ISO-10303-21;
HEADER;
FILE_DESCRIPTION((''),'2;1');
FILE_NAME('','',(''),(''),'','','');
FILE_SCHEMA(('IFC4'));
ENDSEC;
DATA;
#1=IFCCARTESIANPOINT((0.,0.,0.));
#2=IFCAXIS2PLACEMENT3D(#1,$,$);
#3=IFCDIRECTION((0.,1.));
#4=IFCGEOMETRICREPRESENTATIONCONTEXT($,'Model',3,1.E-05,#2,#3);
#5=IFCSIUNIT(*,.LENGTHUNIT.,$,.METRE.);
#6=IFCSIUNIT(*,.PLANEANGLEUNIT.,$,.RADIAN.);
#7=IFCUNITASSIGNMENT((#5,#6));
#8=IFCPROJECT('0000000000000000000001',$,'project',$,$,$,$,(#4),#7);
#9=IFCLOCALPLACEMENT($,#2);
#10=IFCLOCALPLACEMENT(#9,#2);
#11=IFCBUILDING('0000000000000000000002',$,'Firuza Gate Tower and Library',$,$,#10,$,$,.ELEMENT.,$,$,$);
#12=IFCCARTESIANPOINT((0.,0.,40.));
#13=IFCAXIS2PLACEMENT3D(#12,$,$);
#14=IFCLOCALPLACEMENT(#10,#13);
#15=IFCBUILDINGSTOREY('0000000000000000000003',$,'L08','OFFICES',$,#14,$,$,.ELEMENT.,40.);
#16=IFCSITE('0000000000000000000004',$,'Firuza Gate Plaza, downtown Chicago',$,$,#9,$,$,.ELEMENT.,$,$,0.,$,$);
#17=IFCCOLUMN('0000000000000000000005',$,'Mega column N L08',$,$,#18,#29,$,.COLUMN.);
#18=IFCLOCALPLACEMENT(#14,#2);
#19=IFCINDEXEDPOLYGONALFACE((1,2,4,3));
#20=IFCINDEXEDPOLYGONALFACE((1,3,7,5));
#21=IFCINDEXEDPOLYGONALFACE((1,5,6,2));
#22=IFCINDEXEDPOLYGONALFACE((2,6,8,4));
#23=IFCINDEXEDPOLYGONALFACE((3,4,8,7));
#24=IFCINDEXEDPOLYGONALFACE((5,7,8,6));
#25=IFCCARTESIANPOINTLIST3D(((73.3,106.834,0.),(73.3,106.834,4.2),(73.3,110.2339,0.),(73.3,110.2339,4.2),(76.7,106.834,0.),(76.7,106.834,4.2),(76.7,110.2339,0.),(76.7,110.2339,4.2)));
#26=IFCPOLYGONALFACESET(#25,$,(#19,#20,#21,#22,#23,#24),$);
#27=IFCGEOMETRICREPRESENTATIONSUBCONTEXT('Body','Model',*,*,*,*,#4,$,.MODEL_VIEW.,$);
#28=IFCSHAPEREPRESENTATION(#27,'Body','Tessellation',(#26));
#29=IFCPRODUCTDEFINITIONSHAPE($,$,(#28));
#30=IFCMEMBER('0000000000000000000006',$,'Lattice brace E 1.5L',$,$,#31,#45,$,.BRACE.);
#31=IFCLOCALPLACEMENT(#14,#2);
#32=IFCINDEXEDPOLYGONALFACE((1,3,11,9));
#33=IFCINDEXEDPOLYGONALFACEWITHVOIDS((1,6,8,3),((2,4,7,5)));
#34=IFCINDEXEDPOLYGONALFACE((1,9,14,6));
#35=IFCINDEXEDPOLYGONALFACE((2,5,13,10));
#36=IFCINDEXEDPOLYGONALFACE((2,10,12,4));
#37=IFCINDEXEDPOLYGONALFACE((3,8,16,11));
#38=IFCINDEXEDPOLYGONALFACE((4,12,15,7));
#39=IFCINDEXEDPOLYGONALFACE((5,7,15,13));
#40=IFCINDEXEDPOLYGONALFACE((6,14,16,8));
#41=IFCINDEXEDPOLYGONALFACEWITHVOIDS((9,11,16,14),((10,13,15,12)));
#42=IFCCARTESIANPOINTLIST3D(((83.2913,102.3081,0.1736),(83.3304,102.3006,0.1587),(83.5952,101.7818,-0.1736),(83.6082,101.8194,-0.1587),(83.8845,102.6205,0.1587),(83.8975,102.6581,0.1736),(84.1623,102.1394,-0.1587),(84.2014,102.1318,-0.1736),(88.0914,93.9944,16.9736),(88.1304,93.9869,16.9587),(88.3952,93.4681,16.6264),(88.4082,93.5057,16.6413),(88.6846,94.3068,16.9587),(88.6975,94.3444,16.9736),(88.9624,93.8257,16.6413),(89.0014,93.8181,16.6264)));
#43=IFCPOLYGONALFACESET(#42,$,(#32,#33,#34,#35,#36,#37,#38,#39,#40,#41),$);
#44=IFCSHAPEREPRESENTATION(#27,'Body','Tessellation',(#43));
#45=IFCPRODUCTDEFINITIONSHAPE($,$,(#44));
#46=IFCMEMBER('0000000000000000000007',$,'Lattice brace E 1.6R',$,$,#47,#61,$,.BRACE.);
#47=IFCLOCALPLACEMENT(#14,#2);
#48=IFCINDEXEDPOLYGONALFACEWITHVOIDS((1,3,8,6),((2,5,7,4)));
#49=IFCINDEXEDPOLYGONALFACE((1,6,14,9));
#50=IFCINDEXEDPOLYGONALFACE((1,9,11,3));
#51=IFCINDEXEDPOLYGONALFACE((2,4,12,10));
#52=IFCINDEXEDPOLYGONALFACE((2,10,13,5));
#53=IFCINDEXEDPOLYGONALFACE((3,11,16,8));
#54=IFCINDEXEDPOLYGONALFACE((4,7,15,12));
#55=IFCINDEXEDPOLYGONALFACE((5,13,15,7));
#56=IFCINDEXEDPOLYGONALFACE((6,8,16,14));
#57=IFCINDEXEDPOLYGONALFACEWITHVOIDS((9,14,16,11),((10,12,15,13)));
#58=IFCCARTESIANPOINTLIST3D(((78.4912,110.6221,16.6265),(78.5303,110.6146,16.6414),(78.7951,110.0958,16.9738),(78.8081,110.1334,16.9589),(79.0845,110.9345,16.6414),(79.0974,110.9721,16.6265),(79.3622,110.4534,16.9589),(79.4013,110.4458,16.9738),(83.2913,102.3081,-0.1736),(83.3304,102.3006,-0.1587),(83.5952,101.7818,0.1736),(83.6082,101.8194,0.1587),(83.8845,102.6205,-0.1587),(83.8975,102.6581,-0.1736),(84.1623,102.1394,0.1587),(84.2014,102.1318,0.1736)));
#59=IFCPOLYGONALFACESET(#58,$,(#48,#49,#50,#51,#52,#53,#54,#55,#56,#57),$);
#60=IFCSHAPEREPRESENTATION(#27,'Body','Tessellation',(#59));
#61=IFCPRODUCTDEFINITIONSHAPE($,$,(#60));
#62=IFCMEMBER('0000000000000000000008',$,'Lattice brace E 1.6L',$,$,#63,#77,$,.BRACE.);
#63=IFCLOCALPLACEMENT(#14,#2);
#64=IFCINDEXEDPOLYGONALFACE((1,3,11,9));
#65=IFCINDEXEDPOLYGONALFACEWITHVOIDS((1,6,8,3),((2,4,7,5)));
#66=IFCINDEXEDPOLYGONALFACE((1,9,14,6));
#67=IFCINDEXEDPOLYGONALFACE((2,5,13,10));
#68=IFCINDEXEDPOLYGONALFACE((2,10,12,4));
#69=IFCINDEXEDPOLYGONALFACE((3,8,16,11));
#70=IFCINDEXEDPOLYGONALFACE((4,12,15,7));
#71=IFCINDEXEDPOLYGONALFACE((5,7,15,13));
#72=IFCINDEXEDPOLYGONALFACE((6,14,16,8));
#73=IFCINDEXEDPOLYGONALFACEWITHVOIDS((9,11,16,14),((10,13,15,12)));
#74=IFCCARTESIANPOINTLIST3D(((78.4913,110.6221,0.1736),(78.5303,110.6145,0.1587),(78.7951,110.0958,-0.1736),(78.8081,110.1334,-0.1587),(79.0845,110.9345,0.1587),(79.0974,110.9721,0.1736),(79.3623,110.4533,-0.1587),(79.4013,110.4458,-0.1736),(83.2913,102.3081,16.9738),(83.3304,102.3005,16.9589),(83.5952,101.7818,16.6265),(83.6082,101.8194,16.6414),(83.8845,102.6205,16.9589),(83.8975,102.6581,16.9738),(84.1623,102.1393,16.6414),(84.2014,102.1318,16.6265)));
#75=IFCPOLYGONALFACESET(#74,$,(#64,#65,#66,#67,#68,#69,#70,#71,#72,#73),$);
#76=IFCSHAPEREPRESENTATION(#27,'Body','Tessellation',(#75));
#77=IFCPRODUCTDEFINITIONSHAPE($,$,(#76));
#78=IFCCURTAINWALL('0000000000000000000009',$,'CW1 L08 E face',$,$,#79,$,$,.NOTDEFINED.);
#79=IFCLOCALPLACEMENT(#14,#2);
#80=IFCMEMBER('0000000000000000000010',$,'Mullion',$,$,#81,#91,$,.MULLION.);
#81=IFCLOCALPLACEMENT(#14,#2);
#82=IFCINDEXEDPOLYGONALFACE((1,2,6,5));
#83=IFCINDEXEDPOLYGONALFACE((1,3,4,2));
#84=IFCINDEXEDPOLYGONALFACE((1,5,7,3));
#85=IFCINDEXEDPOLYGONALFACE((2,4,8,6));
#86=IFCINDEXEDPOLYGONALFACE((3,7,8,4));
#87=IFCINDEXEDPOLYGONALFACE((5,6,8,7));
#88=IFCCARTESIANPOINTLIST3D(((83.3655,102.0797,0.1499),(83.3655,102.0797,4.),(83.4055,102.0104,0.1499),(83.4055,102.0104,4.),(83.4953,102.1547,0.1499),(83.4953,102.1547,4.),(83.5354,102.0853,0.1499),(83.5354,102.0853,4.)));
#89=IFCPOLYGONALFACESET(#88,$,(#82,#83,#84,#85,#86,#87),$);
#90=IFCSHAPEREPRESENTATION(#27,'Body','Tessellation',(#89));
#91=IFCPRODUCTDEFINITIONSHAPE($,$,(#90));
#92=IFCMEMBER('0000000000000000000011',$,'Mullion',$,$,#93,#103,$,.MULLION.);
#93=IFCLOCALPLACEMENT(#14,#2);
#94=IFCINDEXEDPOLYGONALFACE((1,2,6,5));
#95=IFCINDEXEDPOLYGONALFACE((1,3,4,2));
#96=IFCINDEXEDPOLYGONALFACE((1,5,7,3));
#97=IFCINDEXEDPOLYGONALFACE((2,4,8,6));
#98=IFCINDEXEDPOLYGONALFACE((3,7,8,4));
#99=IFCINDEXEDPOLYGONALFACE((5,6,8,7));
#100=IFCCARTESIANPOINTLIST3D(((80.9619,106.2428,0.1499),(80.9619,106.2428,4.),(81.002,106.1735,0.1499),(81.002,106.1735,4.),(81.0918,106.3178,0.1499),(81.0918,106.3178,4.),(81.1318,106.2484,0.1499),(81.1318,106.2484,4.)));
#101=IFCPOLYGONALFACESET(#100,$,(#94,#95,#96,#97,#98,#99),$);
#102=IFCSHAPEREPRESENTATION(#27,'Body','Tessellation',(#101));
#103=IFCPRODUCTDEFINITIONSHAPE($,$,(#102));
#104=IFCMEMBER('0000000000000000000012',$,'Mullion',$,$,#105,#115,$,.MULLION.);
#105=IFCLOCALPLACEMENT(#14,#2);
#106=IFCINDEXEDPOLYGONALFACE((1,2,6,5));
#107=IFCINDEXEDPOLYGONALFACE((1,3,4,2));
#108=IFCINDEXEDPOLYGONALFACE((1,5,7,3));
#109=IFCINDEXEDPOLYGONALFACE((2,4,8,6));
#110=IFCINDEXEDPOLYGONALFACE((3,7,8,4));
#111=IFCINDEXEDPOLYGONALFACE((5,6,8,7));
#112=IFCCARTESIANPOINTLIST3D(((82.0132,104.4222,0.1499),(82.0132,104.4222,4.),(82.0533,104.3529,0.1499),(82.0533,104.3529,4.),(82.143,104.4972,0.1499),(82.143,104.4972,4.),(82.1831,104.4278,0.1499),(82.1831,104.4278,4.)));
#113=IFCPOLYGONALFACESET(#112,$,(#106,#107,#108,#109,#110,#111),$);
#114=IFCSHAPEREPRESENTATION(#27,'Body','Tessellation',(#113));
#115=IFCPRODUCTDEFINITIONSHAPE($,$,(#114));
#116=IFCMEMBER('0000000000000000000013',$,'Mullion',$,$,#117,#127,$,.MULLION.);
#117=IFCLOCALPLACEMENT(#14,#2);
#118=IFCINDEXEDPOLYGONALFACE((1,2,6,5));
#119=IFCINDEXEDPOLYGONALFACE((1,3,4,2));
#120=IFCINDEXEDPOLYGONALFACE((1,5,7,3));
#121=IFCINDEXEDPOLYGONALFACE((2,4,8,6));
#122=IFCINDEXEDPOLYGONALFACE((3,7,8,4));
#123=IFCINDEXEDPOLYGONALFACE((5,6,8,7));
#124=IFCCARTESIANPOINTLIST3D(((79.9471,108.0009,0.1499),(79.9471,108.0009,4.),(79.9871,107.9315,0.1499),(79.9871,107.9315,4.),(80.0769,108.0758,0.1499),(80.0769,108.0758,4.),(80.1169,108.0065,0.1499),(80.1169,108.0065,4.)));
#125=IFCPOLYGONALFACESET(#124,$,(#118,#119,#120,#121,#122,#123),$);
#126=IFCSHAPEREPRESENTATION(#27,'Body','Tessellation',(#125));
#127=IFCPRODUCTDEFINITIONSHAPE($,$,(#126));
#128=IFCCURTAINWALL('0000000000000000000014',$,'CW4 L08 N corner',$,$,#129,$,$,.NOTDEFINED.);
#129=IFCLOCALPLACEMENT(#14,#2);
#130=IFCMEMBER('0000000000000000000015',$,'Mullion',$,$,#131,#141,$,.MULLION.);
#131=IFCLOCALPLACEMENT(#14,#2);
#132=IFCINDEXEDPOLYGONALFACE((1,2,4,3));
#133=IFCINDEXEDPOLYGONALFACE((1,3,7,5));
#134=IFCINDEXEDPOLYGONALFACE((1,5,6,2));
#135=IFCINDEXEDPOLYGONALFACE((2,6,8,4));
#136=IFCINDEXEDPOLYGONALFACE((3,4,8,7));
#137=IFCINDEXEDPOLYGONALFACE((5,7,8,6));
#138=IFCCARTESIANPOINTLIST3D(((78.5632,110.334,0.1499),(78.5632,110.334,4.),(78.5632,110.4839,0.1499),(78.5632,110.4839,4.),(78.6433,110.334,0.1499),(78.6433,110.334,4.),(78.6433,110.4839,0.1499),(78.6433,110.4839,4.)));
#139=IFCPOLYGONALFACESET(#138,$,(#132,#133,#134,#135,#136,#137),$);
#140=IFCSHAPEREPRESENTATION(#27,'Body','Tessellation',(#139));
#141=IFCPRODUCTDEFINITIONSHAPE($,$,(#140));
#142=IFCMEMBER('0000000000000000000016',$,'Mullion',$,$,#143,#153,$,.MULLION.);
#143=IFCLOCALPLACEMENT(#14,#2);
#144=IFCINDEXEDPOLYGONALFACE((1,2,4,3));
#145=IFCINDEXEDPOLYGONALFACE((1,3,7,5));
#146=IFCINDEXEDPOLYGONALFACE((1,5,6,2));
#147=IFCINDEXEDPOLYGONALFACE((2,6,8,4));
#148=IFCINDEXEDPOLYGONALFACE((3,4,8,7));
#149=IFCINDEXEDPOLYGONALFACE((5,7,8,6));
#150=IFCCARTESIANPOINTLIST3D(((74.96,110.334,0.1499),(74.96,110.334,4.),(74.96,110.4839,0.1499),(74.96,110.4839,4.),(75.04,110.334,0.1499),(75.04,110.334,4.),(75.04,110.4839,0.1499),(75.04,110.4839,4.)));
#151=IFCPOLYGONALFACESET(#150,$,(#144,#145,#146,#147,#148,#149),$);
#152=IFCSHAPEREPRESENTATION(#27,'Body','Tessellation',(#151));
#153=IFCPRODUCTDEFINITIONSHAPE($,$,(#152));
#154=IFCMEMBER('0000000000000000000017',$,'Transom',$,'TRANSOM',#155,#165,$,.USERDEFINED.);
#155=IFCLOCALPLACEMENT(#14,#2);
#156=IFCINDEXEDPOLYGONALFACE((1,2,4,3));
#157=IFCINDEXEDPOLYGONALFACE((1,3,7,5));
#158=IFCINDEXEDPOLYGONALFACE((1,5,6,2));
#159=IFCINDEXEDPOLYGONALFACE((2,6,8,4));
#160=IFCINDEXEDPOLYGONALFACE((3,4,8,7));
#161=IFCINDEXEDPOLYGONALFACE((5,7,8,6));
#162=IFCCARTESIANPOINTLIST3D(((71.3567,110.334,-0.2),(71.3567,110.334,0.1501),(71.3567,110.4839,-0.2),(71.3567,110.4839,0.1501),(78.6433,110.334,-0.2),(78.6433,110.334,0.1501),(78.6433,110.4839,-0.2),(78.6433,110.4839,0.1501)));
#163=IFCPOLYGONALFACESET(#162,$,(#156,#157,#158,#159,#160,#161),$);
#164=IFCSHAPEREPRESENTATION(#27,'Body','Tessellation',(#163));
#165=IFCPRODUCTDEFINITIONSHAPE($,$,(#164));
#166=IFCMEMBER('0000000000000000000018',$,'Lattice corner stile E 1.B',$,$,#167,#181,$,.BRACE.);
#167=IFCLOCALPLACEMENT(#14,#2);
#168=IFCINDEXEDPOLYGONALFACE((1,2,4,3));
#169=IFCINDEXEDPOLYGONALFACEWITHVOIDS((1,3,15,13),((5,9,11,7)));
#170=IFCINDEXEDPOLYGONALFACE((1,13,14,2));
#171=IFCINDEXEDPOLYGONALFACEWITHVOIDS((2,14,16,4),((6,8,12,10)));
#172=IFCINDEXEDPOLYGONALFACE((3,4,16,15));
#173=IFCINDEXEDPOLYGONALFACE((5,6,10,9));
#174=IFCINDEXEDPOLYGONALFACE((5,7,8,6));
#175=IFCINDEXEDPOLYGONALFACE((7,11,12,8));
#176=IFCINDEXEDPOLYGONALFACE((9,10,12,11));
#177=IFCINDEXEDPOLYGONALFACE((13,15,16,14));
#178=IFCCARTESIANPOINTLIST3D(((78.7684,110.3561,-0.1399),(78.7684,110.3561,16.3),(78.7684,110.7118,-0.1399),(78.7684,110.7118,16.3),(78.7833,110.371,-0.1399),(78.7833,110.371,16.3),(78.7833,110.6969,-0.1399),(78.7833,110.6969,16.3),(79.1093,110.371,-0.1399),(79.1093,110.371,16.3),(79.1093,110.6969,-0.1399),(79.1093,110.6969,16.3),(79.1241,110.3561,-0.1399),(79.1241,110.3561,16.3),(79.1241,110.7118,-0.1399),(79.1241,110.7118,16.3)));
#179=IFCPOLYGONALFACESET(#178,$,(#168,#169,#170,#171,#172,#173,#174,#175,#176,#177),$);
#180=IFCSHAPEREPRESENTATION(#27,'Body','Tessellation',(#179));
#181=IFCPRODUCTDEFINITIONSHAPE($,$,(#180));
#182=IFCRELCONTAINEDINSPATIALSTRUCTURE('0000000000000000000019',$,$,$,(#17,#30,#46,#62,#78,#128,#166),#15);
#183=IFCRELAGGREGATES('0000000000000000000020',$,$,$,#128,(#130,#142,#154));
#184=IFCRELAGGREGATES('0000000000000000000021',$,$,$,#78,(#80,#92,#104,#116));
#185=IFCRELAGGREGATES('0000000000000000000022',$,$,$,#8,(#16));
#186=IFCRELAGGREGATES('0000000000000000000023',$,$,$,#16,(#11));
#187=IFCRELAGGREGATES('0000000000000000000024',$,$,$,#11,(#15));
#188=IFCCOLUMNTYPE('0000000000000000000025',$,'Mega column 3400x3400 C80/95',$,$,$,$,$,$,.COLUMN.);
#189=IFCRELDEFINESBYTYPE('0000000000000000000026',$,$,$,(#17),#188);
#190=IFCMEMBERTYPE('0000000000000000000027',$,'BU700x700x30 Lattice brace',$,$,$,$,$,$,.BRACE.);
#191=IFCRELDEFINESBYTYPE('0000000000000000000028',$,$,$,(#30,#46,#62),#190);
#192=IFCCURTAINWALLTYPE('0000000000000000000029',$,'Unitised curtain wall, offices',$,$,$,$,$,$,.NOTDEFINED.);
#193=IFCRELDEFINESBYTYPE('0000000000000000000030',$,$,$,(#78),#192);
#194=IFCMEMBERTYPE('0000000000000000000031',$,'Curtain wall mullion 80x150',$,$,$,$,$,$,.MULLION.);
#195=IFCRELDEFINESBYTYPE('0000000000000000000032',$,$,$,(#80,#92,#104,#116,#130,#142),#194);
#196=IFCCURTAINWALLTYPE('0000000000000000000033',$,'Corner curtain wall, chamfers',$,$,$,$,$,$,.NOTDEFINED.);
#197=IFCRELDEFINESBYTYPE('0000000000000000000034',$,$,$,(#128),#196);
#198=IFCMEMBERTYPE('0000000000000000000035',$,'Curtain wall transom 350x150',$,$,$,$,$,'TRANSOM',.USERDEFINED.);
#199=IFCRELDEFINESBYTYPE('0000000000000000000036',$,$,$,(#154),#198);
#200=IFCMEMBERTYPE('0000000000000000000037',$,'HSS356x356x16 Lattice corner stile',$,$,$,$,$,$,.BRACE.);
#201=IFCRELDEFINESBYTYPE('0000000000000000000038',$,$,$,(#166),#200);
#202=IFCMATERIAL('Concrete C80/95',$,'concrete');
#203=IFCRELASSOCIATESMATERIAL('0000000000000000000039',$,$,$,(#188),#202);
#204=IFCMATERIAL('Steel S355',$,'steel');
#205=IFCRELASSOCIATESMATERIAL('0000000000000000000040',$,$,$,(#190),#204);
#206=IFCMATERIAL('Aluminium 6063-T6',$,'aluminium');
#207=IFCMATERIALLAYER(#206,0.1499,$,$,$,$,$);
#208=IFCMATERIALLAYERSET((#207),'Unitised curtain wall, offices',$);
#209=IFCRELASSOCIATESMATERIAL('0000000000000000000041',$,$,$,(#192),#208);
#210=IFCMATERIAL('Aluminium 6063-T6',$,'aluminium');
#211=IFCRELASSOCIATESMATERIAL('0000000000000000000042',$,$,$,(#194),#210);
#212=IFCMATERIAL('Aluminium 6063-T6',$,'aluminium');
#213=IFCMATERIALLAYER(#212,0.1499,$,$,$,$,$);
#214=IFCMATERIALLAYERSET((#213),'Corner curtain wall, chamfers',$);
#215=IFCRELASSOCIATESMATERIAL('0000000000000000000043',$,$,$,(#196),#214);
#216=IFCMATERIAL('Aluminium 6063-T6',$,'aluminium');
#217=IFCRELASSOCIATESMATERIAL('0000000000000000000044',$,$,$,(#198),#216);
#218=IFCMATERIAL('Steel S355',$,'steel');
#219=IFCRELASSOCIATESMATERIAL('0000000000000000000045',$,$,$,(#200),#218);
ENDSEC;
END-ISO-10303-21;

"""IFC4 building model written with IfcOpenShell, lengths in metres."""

from ifc_helpers import new_model, si_unit, direction, frame, origin, origin_2d, place, context, subcontext, project, spatial, rectangle, hollow_rectangle, extrude, material, layer, layer_set, material_profile, profile_set, type_object, element, aggregate, save


model = new_model("IFC4")

# Units and contexts
model_context = context("Model", 3, precision=1e-05, world=origin(), true_north=direction((0.0, 1.0)))
body_context = subcontext(model_context, "Body", "Model", "MODEL_VIEW")
ifc_project = project(units=[si_unit("LENGTHUNIT", "METRE"), si_unit("PLANEANGLEUNIT", "RADIAN")], contexts=[model_context])

# Site, building, storey
site_placement = place(None, origin())
site = spatial("IfcSite", under=ifc_project, at=site_placement, Name="Firuza Gate Plaza, downtown Chicago", CompositionType="ELEMENT", RefElevation=0.0)
building_placement = place(site_placement, origin())
building = spatial("IfcBuilding", under=site, at=building_placement, Name="Firuza Gate Tower and Library", CompositionType="ELEMENT")
storey_placement = place(building_placement, frame((0.0, 0.0, 40.0)))
storey = spatial("IfcBuildingStorey", under=building, at=storey_placement, Name="L08", Description="OFFICES", CompositionType="ELEMENT", Elevation=40.0)

# Column
ifc_material_1 = material(Name="Concrete C80/95", Category="concrete")
ifc_material_profile_1 = material_profile(ifc_material_1, rectangle(XDim=3.3999, YDim=3.3999, at=origin_2d()))
ifc_profile_set_1 = profile_set([ifc_material_profile_1], Name="Concrete C80/95")
column_type = type_object("IfcColumnType", Name="Mega column 3400x3400 C80/95", PredefinedType="COLUMN", material=ifc_profile_set_1)
column_placement = place(storey_placement, frame((75.0, 108.5339, 0.0), z_axis=(0.0, 0.0, 1.0), x_axis=(-1.0, 0.0, 0.0)))
element("IfcColumn", 1, at=column_placement, inside=storey, type_object=column_type, Name="Mega column N L08", PredefinedType="COLUMN", context=body_context, shape_type="SweptSolid", body=[
    extrude(rectangle(XDim=3.3999, YDim=3.3999, at=origin_2d()), origin(), (0.0, 0.0, 1.0), 4.2),
])

# Members
ifc_material_2 = material(Name="Steel S355", Category="steel")
ifc_material_profile_2 = material_profile(ifc_material_2, hollow_rectangle(XDim=0.7, YDim=0.7, WallThickness=0.03, at=origin_2d()))
ifc_profile_set_2 = profile_set([ifc_material_profile_2], Name="Steel S355")
member_type_1 = type_object("IfcMemberType", Name="BU700x700x30 Lattice brace", PredefinedType="BRACE", material=ifc_profile_set_2)
member_1_placement = place(storey_placement, frame((83.7463, 102.22, 0.0), z_axis=(0.248072, -0.429663, 0.868246), x_axis=(0.86602, 0.500009, 0.0)))
element("IfcMember", 2, at=member_1_placement, inside=storey, type_object=member_type_1, Name="Lattice brace E 1.5L", PredefinedType="BRACE", context=body_context, shape_type="SweptSolid", body=[
    extrude(hollow_rectangle(XDim=0.7, YDim=0.7, WallThickness=0.03, at=origin_2d()), origin(), (0.0, 0.0, 1.0), 19.3494),
])
for number, where, z_axis, x_axis, name in (
    (3, (83.7463, 102.22, 0.0), (-0.248071, 0.429673, 0.868241), (-0.866026, -0.499998, 0.0), "Lattice brace E 1.6R"),
    (4, (78.9463, 110.5339, 0.0), (0.248071, -0.429673, 0.868241), (0.866026, 0.499998, 0.0), "Lattice brace E 1.6L"),
):
    element("IfcMember", number, at=place(storey_placement, frame(where, z_axis=z_axis, x_axis=x_axis)), inside=storey, type_object=member_type_1, Name=name, PredefinedType="BRACE", context=body_context, shape_type="SweptSolid", body=[
        extrude(hollow_rectangle(XDim=0.7, YDim=0.7, WallThickness=0.03, at=origin_2d()), origin(), (0.0, 0.0, 1.0), 19.3496),
    ])

# Curtain walls, members
ifc_material_3 = material(Name="Aluminium 6063-T6", Category="aluminium")
ifc_layer_1 = layer(ifc_material_3, 0.1499)
ifc_layer_set_1 = layer_set([ifc_layer_1], Name="Unitised curtain wall, offices")
curtain_wall_type_1 = type_object("IfcCurtainWallType", Name="Unitised curtain wall, offices", PredefinedType="NOTDEFINED", material=ifc_layer_set_1)
placement = place(storey_placement, origin())
curtain_wall_1 = element("IfcCurtainWall", 5, at=placement, inside=storey, type_object=curtain_wall_type_1, Name="CW1 L08 E face", PredefinedType="NOTDEFINED")
ifc_material_4 = material(Name="Aluminium 6063-T6", Category="aluminium")
ifc_material_profile_3 = material_profile(ifc_material_4, rectangle(XDim=0.1499, YDim=0.0801, at=origin_2d()))
ifc_profile_set_3 = profile_set([ifc_material_profile_3], Name="Aluminium 6063-T6")
member_type_2 = type_object("IfcMemberType", Name="Curtain wall mullion 80x150", PredefinedType="MULLION", material=ifc_profile_set_3)
member_2_placement = place(storey_placement, frame((83.4504, 102.0825, 0.1499), z_axis=(0.0, 0.0, 1.0), x_axis=(-0.866025, -0.5, 0.0)))
member_2 = element("IfcMember", 6, at=member_2_placement, type_object=member_type_2, Name="Mullion", PredefinedType="MULLION", context=body_context, shape_type="SweptSolid", body=[
    extrude(rectangle(XDim=0.1499, YDim=0.0801, at=origin_2d()), origin(), (0.0, 0.0, 1.0), 3.8501),
])
member_3_placement = place(storey_placement, frame((81.0469, 106.2456, 0.1499), z_axis=(0.0, 0.0, 1.0), x_axis=(-0.866025, -0.5, 0.0)))
member_3 = element("IfcMember", 7, at=member_3_placement, type_object=member_type_2, Name="Mullion", PredefinedType="MULLION", context=body_context, shape_type="SweptSolid", body=[
    extrude(rectangle(XDim=0.1499, YDim=0.0801, at=origin_2d()), origin(), (0.0, 0.0, 1.0), 3.8501),
])
member_4_placement = place(storey_placement, frame((82.0981, 104.425, 0.1499), z_axis=(0.0, 0.0, 1.0), x_axis=(-0.866025, -0.5, 0.0)))
member_4 = element("IfcMember", 8, at=member_4_placement, type_object=member_type_2, Name="Mullion", PredefinedType="MULLION", context=body_context, shape_type="SweptSolid", body=[
    extrude(rectangle(XDim=0.1499, YDim=0.0801, at=origin_2d()), origin(), (0.0, 0.0, 1.0), 3.8501),
])
member_5_placement = place(storey_placement, frame((80.032, 108.0037, 0.1499), z_axis=(0.0, 0.0, 1.0), x_axis=(-0.866025, -0.5, 0.0)))
member_5 = element("IfcMember", 9, at=member_5_placement, type_object=member_type_2, Name="Mullion", PredefinedType="MULLION", context=body_context, shape_type="SweptSolid", body=[
    extrude(rectangle(XDim=0.1499, YDim=0.0801, at=origin_2d()), origin(), (0.0, 0.0, 1.0), 3.8501),
])
ifc_material_5 = material(Name="Aluminium 6063-T6", Category="aluminium")
ifc_layer_2 = layer(ifc_material_5, 0.1499)
ifc_layer_set_2 = layer_set([ifc_layer_2], Name="Corner curtain wall, chamfers")
curtain_wall_type_2 = type_object("IfcCurtainWallType", Name="Corner curtain wall, chamfers", PredefinedType="NOTDEFINED", material=ifc_layer_set_2)
curtain_wall_2 = element("IfcCurtainWall", 10, at=placement, inside=storey, type_object=curtain_wall_type_2, Name="CW4 L08 N corner", PredefinedType="NOTDEFINED")
member_6_placement = place(storey_placement, frame((78.6033, 110.4089, 0.1499), z_axis=(0.0, 0.0, 1.0), x_axis=(0.0, -1.0, 0.0)))
member_6 = element("IfcMember", 11, at=member_6_placement, type_object=member_type_2, Name="Mullion", PredefinedType="MULLION", context=body_context, shape_type="SweptSolid", body=[
    extrude(rectangle(XDim=0.1499, YDim=0.0801, at=origin_2d()), origin(), (0.0, 0.0, 1.0), 3.8501),
])
member_7_placement = place(storey_placement, frame((75.0, 110.4089, 0.1499), z_axis=(0.0, 0.0, 1.0), x_axis=(0.0, -1.0, 0.0)))
member_7 = element("IfcMember", 12, at=member_7_placement, type_object=member_type_2, Name="Mullion", PredefinedType="MULLION", context=body_context, shape_type="SweptSolid", body=[
    extrude(rectangle(XDim=0.1499, YDim=0.0801, at=origin_2d()), origin(), (0.0, 0.0, 1.0), 3.8501),
])
ifc_material_6 = material(Name="Aluminium 6063-T6", Category="aluminium")
ifc_material_profile_4 = material_profile(ifc_material_6, rectangle(XDim=0.1499, YDim=0.3501, at=origin_2d()))
ifc_profile_set_4 = profile_set([ifc_material_profile_4], Name="Aluminium 6063-T6")
member_type_3 = type_object("IfcMemberType", Name="Curtain wall transom 350x150", ElementType="TRANSOM", PredefinedType="USERDEFINED", material=ifc_profile_set_4)
member_8_placement = place(storey_placement, frame((78.6433, 110.4089, -0.0249), z_axis=(-1.0, 0.0, 0.0), x_axis=(0.0, -1.0, 0.0)))
member_8 = element("IfcMember", 13, at=member_8_placement, type_object=member_type_3, Name="Transom", ObjectType="TRANSOM", PredefinedType="USERDEFINED", context=body_context, shape_type="SweptSolid", body=[
    extrude(rectangle(XDim=0.1499, YDim=0.3501, at=origin_2d()), origin(), (0.0, 0.0, 1.0), 7.2866),
])

# Member
ifc_material_7 = material(Name="Steel S355", Category="steel")
ifc_material_profile_5 = material_profile(ifc_material_7, hollow_rectangle(XDim=0.3557, YDim=0.3557, WallThickness=0.0149, at=origin_2d()))
ifc_profile_set_5 = profile_set([ifc_material_profile_5], Name="Steel S355")
member_type_4 = type_object("IfcMemberType", Name="HSS356x356x16 Lattice corner stile", PredefinedType="BRACE", material=ifc_profile_set_5)
member_9_placement = place(storey_placement, frame((78.9463, 110.5339, -0.1399), z_axis=(0.0, 0.0, 1.0), x_axis=(1.0, 0.0, 0.0)))
element("IfcMember", 14, at=member_9_placement, inside=storey, type_object=member_type_4, Name="Lattice corner stile E 1.B", PredefinedType="BRACE", context=body_context, shape_type="SweptSolid", body=[
    extrude(hollow_rectangle(XDim=0.3557, YDim=0.3557, WallThickness=0.0149, at=origin_2d()), origin(), (0.0, 0.0, 1.0), 16.4399),
])

aggregate(curtain_wall_2, [member_6, member_7, member_8])
aggregate(curtain_wall_1, [member_2, member_3, member_4, member_5])

save(model, "model.ifc")
